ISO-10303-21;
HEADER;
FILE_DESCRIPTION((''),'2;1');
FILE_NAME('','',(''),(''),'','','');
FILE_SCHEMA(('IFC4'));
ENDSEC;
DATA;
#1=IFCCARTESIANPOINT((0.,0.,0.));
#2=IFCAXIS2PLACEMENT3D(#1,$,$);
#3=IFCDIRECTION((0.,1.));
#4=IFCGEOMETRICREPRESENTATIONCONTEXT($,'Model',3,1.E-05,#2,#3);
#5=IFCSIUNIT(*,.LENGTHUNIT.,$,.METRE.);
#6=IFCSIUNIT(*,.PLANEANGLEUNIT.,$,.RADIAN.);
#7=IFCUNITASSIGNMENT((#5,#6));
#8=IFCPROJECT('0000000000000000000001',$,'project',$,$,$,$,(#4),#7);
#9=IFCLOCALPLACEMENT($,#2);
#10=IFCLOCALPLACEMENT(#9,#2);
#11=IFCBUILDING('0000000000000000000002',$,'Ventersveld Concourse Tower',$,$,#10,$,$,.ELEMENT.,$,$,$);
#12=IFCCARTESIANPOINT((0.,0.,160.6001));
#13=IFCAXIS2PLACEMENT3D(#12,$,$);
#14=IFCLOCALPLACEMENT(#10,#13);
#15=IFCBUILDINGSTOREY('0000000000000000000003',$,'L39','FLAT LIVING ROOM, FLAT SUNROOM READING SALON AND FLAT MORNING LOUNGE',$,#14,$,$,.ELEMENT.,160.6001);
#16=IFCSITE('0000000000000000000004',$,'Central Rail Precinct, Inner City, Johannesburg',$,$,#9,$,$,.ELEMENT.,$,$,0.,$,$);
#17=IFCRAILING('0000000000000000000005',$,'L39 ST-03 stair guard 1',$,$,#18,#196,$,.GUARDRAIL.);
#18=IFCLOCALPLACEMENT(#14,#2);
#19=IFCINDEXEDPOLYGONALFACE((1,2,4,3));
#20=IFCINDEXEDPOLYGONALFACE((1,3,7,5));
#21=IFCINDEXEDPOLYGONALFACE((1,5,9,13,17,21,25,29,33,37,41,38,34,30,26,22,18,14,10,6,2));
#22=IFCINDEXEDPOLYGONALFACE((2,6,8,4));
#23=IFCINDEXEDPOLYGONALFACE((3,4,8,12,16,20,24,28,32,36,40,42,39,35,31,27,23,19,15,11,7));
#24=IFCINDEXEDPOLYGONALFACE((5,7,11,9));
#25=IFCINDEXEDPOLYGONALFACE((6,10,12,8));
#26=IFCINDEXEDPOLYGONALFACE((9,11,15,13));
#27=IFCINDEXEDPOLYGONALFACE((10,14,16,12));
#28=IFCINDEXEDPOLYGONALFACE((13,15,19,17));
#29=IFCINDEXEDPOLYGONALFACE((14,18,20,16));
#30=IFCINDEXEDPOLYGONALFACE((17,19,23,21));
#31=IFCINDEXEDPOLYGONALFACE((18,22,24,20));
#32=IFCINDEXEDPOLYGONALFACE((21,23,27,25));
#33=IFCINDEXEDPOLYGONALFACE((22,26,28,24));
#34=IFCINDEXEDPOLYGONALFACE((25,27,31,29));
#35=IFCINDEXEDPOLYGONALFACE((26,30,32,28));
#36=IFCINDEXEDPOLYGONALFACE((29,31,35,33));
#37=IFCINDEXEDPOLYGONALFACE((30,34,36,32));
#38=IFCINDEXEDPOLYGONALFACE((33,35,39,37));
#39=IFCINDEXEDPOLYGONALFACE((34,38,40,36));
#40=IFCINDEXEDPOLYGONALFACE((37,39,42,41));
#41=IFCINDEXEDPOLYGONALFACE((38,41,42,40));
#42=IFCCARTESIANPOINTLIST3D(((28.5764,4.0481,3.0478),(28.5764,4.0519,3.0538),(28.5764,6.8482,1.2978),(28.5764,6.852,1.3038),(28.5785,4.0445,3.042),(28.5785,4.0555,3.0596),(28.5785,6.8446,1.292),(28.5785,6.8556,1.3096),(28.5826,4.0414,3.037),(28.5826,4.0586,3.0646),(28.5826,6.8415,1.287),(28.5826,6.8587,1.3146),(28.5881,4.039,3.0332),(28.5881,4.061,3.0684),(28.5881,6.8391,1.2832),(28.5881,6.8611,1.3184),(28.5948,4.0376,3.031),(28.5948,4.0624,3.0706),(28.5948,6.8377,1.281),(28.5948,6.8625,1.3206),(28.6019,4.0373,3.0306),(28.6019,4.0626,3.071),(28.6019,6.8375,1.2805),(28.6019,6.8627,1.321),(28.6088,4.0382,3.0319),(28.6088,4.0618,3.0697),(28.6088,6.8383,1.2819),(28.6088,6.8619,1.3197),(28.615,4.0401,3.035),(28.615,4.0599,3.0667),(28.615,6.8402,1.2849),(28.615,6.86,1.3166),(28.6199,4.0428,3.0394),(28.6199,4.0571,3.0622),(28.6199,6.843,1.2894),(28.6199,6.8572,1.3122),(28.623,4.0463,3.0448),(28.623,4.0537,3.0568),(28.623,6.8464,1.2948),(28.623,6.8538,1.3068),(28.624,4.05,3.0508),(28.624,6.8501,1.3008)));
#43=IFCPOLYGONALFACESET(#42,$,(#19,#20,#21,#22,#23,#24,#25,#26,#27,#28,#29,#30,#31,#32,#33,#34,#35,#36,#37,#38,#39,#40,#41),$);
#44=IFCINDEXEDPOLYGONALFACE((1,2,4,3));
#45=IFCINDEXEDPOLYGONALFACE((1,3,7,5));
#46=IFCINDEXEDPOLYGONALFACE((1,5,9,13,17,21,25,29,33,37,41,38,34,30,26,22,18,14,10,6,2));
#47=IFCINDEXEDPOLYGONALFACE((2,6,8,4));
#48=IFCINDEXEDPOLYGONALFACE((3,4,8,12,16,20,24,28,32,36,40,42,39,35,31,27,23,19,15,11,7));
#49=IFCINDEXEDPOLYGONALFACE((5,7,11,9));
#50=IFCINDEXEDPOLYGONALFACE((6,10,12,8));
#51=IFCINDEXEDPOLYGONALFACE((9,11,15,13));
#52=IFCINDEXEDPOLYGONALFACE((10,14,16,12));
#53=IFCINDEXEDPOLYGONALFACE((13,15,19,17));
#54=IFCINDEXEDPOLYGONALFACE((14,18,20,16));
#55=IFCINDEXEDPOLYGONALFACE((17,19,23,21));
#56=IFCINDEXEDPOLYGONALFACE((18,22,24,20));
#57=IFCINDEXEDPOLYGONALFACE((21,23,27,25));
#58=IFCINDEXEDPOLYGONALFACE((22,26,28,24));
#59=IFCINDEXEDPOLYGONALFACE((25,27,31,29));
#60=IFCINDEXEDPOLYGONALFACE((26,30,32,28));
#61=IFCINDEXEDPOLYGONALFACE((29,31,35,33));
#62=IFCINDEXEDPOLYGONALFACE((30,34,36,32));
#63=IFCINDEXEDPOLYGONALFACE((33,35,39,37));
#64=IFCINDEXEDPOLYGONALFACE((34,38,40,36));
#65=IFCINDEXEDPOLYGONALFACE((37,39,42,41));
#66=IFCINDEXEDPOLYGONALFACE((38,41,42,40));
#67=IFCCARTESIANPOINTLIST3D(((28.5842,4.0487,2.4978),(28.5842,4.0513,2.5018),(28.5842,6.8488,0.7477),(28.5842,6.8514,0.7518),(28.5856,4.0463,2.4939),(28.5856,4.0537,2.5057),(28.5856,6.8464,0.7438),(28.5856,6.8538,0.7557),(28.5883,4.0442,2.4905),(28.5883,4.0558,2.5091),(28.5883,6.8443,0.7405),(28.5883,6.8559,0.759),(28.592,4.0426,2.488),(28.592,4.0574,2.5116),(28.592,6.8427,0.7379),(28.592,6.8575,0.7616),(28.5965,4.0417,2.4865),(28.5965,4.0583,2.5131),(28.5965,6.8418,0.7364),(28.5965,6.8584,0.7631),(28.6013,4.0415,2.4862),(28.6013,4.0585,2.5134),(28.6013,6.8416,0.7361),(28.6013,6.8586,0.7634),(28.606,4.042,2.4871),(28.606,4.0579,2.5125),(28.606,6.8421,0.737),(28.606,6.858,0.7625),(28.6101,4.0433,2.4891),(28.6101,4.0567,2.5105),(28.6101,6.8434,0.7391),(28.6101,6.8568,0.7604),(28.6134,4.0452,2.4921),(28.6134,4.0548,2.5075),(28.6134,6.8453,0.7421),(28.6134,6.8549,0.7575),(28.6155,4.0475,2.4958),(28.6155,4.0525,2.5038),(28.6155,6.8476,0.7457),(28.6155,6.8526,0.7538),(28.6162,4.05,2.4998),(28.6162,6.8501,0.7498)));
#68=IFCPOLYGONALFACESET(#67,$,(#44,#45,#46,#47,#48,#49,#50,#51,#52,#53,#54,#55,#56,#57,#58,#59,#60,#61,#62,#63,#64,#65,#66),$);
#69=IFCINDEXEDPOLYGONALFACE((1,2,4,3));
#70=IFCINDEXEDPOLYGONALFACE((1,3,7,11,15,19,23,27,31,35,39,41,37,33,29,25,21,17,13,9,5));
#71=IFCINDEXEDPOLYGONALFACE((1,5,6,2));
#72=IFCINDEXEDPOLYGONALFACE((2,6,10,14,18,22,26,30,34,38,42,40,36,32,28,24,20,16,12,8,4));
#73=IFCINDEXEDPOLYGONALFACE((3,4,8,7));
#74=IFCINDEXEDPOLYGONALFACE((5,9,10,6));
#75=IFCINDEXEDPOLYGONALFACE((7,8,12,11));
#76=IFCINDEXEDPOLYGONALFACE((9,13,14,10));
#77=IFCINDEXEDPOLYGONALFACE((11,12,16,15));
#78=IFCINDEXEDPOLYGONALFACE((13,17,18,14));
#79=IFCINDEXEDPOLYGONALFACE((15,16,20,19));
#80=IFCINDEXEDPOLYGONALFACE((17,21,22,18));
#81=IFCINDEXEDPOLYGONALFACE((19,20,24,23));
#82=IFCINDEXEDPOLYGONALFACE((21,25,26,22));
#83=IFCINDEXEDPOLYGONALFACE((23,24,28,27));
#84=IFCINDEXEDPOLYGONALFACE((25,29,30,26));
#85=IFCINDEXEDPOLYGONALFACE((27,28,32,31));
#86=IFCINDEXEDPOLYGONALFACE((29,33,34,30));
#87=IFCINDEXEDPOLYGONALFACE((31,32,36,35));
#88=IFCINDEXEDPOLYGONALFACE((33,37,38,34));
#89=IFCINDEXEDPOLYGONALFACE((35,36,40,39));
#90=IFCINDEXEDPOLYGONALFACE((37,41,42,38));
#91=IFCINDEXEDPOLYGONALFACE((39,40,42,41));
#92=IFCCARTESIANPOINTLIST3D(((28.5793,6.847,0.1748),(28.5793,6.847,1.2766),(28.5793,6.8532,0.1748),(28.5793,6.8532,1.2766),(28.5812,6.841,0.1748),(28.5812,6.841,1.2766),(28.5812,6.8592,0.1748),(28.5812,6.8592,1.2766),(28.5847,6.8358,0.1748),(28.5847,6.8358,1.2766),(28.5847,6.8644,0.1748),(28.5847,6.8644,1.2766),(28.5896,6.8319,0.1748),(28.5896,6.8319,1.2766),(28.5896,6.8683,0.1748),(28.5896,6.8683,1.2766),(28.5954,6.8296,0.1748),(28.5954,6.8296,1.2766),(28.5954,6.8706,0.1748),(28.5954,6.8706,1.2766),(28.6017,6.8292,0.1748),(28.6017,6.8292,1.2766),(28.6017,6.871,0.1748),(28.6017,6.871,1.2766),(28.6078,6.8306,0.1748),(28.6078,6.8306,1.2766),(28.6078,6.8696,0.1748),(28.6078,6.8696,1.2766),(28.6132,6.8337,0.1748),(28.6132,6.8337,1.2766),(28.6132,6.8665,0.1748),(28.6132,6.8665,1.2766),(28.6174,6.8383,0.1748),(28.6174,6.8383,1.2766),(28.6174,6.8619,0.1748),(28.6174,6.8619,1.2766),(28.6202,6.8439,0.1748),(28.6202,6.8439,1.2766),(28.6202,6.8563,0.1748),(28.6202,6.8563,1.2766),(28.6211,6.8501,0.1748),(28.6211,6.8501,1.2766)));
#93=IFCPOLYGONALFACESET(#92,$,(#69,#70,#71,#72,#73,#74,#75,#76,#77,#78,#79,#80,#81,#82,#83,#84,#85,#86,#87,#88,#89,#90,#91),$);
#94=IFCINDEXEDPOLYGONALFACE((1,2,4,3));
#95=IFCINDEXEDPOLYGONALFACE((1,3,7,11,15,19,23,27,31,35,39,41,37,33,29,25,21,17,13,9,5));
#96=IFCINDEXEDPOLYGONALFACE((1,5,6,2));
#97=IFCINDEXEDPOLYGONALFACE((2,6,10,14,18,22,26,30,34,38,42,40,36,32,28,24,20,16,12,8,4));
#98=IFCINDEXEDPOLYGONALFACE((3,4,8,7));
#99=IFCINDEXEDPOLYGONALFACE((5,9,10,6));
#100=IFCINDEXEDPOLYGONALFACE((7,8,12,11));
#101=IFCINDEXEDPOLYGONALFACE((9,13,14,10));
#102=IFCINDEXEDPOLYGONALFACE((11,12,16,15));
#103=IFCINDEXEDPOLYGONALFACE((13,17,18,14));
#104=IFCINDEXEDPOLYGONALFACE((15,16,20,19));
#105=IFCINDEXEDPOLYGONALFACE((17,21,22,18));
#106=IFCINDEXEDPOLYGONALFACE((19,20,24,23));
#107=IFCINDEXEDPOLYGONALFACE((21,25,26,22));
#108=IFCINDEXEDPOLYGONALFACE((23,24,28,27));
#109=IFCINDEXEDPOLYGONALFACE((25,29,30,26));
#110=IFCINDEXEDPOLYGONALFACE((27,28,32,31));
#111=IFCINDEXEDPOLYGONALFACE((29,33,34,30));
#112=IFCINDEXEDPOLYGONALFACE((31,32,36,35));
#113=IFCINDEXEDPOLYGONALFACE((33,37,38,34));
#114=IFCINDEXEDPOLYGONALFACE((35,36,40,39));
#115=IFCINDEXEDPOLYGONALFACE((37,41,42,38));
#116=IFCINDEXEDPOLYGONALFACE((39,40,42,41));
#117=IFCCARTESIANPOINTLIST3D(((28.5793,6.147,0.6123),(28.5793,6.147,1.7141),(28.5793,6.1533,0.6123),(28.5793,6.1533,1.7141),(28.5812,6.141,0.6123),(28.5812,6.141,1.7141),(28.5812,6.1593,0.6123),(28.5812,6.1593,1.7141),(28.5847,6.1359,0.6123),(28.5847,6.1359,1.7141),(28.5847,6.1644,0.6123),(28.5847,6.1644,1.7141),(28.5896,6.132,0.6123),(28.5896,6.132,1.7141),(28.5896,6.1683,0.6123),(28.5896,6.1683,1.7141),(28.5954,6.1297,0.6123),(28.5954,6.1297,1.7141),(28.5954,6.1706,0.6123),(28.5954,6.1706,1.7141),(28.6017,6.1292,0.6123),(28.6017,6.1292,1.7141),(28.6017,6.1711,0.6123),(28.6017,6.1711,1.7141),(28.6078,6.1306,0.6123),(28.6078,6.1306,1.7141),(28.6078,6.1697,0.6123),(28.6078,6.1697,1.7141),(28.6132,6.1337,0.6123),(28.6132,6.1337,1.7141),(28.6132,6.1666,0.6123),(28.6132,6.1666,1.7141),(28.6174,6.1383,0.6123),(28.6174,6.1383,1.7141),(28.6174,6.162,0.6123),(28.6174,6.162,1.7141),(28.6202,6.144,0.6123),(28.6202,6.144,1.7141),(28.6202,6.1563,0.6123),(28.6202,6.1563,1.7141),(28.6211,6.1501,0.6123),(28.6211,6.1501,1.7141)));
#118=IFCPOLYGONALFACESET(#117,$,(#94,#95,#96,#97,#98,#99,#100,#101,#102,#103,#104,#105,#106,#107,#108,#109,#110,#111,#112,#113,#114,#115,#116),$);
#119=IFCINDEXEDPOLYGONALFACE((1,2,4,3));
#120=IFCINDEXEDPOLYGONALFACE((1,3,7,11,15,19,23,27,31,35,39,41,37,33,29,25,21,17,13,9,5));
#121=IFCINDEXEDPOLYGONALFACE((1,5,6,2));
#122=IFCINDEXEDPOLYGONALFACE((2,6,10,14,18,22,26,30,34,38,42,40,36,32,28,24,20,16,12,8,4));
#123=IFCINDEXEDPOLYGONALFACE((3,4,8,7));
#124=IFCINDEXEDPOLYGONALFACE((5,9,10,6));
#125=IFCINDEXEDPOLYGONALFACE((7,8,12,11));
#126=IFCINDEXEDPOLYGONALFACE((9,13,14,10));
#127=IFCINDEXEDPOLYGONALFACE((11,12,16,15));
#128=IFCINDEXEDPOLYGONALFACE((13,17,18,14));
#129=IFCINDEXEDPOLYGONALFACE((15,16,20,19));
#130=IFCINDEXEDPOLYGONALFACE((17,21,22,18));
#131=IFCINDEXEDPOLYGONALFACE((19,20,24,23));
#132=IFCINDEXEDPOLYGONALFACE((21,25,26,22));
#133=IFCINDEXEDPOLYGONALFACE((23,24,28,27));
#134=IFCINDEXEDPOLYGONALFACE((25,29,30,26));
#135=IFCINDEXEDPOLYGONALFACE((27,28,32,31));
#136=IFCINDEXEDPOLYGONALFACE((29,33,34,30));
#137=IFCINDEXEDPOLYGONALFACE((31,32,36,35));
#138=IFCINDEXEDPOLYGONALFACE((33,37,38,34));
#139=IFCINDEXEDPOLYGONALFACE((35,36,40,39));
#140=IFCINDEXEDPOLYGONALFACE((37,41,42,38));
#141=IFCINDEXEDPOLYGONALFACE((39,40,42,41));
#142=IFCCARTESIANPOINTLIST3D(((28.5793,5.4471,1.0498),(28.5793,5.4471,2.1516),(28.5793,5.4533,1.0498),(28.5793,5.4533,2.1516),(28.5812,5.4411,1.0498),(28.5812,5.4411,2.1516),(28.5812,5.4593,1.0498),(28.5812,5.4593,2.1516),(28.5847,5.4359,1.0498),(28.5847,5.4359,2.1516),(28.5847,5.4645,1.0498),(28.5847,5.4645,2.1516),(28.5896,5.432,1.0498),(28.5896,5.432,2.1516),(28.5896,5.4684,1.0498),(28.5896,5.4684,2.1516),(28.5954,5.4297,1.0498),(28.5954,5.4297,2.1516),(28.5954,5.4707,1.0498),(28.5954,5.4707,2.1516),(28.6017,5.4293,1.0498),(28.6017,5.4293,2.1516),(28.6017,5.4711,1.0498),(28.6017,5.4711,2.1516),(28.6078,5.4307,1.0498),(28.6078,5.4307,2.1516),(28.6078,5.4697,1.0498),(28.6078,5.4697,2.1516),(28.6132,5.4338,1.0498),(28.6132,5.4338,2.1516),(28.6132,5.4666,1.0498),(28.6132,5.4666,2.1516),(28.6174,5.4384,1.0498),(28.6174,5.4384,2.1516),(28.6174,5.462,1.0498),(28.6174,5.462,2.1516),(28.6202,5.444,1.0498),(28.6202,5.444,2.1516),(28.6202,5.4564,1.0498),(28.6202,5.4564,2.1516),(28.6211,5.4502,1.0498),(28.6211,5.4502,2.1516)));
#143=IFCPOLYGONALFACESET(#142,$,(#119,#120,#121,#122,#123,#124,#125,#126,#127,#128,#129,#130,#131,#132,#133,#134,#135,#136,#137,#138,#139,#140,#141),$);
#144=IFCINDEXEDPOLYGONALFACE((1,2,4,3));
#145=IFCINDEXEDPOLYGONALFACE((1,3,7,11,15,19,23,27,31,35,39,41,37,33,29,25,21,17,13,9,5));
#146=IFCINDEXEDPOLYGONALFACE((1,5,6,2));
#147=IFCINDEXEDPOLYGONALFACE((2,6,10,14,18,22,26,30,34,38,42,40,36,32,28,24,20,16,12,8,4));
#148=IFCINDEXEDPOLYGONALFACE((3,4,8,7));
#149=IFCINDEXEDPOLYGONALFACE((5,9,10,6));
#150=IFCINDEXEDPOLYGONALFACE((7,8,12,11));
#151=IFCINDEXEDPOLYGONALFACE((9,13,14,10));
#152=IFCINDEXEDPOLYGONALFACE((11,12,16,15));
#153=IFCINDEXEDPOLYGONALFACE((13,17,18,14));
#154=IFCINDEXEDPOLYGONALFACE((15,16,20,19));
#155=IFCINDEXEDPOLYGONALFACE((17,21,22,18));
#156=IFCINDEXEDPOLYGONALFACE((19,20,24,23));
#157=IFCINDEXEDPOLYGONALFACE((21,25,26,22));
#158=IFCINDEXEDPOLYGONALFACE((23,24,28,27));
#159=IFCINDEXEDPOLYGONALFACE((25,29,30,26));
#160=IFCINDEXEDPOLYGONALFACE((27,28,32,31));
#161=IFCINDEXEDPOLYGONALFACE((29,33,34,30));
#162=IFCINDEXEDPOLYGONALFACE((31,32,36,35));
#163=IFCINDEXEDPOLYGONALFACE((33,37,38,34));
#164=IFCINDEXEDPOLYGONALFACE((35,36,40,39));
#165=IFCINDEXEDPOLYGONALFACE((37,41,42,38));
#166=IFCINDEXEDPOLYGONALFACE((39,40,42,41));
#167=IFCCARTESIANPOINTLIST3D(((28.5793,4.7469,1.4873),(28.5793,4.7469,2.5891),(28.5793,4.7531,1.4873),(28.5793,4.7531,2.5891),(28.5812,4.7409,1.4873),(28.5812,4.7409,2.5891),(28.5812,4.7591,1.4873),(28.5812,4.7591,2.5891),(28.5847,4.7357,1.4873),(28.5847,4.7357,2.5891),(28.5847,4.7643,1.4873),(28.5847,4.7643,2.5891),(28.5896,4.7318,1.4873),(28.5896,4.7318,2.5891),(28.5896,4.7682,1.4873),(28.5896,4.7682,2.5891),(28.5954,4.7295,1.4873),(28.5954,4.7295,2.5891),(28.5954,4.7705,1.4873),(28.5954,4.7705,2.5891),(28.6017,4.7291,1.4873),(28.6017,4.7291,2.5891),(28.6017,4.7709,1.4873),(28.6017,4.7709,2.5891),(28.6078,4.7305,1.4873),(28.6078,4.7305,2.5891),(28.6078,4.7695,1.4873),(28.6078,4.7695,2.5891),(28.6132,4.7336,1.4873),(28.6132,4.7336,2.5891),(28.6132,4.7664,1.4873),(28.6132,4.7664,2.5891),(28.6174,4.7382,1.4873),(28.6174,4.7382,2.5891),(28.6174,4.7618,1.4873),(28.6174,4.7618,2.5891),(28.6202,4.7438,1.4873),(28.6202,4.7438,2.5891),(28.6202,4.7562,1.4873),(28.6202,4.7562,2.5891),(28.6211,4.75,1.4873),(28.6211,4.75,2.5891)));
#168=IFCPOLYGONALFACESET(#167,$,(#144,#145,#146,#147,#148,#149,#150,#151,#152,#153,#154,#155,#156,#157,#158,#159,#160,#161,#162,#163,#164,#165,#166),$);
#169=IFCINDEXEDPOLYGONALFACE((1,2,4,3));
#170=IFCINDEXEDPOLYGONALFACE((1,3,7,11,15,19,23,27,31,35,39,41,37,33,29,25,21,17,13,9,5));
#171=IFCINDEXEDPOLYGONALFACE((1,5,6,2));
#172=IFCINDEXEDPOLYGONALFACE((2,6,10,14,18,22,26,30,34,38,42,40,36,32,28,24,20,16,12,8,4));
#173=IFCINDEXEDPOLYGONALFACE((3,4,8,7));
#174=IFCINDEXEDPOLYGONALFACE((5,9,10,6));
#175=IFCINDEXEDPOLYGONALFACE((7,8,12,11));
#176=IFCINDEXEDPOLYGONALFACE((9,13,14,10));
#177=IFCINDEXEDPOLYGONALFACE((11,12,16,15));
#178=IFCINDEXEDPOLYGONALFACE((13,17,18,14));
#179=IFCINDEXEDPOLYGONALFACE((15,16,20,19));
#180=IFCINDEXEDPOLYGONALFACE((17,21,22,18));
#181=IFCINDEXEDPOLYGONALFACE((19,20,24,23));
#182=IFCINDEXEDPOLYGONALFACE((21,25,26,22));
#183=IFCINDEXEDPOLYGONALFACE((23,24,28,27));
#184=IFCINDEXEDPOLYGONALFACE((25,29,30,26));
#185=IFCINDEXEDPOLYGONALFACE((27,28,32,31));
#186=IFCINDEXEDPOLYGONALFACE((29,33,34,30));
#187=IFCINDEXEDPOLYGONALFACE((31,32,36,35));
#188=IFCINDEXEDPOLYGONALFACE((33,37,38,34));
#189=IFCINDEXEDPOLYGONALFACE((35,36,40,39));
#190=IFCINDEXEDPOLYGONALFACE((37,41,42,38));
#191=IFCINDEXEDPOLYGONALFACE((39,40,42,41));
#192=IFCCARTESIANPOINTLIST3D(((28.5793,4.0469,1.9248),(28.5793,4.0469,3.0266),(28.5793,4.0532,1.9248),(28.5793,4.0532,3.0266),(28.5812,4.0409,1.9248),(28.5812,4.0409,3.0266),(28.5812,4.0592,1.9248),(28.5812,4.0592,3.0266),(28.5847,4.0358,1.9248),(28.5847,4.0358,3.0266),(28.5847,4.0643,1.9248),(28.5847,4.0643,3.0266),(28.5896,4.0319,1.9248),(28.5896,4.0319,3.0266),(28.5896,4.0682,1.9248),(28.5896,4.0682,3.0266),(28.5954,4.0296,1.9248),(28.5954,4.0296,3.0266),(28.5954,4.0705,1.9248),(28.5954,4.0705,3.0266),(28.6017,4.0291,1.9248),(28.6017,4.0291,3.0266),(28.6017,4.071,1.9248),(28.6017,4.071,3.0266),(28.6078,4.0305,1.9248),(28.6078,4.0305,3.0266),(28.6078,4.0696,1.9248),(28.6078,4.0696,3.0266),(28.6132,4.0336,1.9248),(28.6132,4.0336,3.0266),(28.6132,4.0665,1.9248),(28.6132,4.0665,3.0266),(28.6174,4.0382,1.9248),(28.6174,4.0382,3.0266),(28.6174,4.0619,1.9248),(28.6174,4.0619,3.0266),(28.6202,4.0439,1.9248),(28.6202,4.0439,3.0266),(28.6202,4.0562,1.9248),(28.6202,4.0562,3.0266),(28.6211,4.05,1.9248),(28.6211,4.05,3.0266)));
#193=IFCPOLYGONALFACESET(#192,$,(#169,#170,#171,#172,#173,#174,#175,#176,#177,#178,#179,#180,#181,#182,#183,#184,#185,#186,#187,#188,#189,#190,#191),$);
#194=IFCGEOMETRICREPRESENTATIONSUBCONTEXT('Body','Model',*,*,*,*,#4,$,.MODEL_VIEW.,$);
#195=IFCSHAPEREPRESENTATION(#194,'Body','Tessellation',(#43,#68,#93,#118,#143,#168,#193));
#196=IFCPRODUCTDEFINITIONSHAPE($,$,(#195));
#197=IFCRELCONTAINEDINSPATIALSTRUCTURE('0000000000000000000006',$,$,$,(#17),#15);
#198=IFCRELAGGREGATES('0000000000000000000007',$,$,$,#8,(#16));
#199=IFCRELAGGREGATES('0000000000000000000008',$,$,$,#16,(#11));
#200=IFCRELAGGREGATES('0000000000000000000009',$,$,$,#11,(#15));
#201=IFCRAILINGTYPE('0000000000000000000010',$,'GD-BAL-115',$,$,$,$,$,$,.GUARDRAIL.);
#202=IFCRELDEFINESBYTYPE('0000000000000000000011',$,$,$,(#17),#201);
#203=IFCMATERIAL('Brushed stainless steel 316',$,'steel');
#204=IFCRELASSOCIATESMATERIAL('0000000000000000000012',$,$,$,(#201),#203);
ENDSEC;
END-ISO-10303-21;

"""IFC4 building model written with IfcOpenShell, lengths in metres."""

from ifc_helpers import new_model, si_unit, direction, frame, origin, origin_2d, place, context, subcontext, project, spatial, circle, extrude, material, type_object, element, save


model = new_model("IFC4")

# Units and contexts
model_context = context("Model", 3, precision=1e-05, world=origin(), true_north=direction((0.0, 1.0)))
body_context = subcontext(model_context, "Body", "Model", "MODEL_VIEW")
ifc_project = project(units=[si_unit("LENGTHUNIT", "METRE"), si_unit("PLANEANGLEUNIT", "RADIAN")], contexts=[model_context])

# Site, building, storey
site_placement = place(None, origin())
site = spatial("IfcSite", under=ifc_project, at=site_placement, Name="Central Rail Precinct, Inner City, Johannesburg", CompositionType="ELEMENT", RefElevation=0.0)
building_placement = place(site_placement, origin())
building = spatial("IfcBuilding", under=site, at=building_placement, Name="Ventersveld Concourse Tower", CompositionType="ELEMENT")
storey_placement = place(building_placement, frame((0.0, 0.0, 160.6001)))
storey = spatial("IfcBuildingStorey", under=building, at=storey_placement, Name="L39", Description="FLAT LIVING ROOM, FLAT SUNROOM READING SALON AND FLAT MORNING LOUNGE", CompositionType="ELEMENT", Elevation=160.6001)

# Shared definitions
ifc_material_1 = material(Name="Brushed stainless steel 316", Category="steel")

# Railing
railing_type = type_object("IfcRailingType", Name="GD-BAL-115", PredefinedType="GUARDRAIL", material=ifc_material_1)
railing_1_placement = place(storey_placement, frame((28.6001, 6.8501, 0.1748)))
element("IfcRailing", 1, at=railing_1_placement, inside=storey, type_object=railing_type, Name="L39 ST-03 stair guard 1", PredefinedType="GUARDRAIL", context=body_context, shape_type="SweptSolid", body=[
    extrude(circle(Radius=0.0239, at=origin_2d()), frame((0.0, 0.0, 1.126), z_axis=(0.0, -0.848002, 0.529992), x_axis=(1.0, 0.0, 0.0)), (0.0, 0.0, 1.0), 3.302),
    extrude(circle(Radius=0.0161, at=origin_2d()), frame((0.0, 0.0, 0.575), z_axis=(0.0, -0.848002, 0.529992), x_axis=(1.0, 0.0, 0.0)), (0.0, 0.0, 1.0), 3.302),
    extrude(circle(Radius=0.021, at=origin_2d()), origin(), (0.0, 0.0, 1.0), 1.1018),
    extrude(circle(Radius=0.021, at=origin_2d()), frame((0.0, -0.7, 0.4375)), (0.0, 0.0, 1.0), 1.1018),
    extrude(circle(Radius=0.021, at=origin_2d()), frame((0.0, -1.3999, 0.875)), (0.0, 0.0, 1.0), 1.1018),
    extrude(circle(Radius=0.021, at=origin_2d()), frame((0.0, -2.1001, 1.3125)), (0.0, 0.0, 1.0), 1.1018),
    extrude(circle(Radius=0.021, at=origin_2d()), frame((0.0, -2.8, 1.75)), (0.0, 0.0, 1.0), 1.1018),
])

save(model, "model.ifc")
